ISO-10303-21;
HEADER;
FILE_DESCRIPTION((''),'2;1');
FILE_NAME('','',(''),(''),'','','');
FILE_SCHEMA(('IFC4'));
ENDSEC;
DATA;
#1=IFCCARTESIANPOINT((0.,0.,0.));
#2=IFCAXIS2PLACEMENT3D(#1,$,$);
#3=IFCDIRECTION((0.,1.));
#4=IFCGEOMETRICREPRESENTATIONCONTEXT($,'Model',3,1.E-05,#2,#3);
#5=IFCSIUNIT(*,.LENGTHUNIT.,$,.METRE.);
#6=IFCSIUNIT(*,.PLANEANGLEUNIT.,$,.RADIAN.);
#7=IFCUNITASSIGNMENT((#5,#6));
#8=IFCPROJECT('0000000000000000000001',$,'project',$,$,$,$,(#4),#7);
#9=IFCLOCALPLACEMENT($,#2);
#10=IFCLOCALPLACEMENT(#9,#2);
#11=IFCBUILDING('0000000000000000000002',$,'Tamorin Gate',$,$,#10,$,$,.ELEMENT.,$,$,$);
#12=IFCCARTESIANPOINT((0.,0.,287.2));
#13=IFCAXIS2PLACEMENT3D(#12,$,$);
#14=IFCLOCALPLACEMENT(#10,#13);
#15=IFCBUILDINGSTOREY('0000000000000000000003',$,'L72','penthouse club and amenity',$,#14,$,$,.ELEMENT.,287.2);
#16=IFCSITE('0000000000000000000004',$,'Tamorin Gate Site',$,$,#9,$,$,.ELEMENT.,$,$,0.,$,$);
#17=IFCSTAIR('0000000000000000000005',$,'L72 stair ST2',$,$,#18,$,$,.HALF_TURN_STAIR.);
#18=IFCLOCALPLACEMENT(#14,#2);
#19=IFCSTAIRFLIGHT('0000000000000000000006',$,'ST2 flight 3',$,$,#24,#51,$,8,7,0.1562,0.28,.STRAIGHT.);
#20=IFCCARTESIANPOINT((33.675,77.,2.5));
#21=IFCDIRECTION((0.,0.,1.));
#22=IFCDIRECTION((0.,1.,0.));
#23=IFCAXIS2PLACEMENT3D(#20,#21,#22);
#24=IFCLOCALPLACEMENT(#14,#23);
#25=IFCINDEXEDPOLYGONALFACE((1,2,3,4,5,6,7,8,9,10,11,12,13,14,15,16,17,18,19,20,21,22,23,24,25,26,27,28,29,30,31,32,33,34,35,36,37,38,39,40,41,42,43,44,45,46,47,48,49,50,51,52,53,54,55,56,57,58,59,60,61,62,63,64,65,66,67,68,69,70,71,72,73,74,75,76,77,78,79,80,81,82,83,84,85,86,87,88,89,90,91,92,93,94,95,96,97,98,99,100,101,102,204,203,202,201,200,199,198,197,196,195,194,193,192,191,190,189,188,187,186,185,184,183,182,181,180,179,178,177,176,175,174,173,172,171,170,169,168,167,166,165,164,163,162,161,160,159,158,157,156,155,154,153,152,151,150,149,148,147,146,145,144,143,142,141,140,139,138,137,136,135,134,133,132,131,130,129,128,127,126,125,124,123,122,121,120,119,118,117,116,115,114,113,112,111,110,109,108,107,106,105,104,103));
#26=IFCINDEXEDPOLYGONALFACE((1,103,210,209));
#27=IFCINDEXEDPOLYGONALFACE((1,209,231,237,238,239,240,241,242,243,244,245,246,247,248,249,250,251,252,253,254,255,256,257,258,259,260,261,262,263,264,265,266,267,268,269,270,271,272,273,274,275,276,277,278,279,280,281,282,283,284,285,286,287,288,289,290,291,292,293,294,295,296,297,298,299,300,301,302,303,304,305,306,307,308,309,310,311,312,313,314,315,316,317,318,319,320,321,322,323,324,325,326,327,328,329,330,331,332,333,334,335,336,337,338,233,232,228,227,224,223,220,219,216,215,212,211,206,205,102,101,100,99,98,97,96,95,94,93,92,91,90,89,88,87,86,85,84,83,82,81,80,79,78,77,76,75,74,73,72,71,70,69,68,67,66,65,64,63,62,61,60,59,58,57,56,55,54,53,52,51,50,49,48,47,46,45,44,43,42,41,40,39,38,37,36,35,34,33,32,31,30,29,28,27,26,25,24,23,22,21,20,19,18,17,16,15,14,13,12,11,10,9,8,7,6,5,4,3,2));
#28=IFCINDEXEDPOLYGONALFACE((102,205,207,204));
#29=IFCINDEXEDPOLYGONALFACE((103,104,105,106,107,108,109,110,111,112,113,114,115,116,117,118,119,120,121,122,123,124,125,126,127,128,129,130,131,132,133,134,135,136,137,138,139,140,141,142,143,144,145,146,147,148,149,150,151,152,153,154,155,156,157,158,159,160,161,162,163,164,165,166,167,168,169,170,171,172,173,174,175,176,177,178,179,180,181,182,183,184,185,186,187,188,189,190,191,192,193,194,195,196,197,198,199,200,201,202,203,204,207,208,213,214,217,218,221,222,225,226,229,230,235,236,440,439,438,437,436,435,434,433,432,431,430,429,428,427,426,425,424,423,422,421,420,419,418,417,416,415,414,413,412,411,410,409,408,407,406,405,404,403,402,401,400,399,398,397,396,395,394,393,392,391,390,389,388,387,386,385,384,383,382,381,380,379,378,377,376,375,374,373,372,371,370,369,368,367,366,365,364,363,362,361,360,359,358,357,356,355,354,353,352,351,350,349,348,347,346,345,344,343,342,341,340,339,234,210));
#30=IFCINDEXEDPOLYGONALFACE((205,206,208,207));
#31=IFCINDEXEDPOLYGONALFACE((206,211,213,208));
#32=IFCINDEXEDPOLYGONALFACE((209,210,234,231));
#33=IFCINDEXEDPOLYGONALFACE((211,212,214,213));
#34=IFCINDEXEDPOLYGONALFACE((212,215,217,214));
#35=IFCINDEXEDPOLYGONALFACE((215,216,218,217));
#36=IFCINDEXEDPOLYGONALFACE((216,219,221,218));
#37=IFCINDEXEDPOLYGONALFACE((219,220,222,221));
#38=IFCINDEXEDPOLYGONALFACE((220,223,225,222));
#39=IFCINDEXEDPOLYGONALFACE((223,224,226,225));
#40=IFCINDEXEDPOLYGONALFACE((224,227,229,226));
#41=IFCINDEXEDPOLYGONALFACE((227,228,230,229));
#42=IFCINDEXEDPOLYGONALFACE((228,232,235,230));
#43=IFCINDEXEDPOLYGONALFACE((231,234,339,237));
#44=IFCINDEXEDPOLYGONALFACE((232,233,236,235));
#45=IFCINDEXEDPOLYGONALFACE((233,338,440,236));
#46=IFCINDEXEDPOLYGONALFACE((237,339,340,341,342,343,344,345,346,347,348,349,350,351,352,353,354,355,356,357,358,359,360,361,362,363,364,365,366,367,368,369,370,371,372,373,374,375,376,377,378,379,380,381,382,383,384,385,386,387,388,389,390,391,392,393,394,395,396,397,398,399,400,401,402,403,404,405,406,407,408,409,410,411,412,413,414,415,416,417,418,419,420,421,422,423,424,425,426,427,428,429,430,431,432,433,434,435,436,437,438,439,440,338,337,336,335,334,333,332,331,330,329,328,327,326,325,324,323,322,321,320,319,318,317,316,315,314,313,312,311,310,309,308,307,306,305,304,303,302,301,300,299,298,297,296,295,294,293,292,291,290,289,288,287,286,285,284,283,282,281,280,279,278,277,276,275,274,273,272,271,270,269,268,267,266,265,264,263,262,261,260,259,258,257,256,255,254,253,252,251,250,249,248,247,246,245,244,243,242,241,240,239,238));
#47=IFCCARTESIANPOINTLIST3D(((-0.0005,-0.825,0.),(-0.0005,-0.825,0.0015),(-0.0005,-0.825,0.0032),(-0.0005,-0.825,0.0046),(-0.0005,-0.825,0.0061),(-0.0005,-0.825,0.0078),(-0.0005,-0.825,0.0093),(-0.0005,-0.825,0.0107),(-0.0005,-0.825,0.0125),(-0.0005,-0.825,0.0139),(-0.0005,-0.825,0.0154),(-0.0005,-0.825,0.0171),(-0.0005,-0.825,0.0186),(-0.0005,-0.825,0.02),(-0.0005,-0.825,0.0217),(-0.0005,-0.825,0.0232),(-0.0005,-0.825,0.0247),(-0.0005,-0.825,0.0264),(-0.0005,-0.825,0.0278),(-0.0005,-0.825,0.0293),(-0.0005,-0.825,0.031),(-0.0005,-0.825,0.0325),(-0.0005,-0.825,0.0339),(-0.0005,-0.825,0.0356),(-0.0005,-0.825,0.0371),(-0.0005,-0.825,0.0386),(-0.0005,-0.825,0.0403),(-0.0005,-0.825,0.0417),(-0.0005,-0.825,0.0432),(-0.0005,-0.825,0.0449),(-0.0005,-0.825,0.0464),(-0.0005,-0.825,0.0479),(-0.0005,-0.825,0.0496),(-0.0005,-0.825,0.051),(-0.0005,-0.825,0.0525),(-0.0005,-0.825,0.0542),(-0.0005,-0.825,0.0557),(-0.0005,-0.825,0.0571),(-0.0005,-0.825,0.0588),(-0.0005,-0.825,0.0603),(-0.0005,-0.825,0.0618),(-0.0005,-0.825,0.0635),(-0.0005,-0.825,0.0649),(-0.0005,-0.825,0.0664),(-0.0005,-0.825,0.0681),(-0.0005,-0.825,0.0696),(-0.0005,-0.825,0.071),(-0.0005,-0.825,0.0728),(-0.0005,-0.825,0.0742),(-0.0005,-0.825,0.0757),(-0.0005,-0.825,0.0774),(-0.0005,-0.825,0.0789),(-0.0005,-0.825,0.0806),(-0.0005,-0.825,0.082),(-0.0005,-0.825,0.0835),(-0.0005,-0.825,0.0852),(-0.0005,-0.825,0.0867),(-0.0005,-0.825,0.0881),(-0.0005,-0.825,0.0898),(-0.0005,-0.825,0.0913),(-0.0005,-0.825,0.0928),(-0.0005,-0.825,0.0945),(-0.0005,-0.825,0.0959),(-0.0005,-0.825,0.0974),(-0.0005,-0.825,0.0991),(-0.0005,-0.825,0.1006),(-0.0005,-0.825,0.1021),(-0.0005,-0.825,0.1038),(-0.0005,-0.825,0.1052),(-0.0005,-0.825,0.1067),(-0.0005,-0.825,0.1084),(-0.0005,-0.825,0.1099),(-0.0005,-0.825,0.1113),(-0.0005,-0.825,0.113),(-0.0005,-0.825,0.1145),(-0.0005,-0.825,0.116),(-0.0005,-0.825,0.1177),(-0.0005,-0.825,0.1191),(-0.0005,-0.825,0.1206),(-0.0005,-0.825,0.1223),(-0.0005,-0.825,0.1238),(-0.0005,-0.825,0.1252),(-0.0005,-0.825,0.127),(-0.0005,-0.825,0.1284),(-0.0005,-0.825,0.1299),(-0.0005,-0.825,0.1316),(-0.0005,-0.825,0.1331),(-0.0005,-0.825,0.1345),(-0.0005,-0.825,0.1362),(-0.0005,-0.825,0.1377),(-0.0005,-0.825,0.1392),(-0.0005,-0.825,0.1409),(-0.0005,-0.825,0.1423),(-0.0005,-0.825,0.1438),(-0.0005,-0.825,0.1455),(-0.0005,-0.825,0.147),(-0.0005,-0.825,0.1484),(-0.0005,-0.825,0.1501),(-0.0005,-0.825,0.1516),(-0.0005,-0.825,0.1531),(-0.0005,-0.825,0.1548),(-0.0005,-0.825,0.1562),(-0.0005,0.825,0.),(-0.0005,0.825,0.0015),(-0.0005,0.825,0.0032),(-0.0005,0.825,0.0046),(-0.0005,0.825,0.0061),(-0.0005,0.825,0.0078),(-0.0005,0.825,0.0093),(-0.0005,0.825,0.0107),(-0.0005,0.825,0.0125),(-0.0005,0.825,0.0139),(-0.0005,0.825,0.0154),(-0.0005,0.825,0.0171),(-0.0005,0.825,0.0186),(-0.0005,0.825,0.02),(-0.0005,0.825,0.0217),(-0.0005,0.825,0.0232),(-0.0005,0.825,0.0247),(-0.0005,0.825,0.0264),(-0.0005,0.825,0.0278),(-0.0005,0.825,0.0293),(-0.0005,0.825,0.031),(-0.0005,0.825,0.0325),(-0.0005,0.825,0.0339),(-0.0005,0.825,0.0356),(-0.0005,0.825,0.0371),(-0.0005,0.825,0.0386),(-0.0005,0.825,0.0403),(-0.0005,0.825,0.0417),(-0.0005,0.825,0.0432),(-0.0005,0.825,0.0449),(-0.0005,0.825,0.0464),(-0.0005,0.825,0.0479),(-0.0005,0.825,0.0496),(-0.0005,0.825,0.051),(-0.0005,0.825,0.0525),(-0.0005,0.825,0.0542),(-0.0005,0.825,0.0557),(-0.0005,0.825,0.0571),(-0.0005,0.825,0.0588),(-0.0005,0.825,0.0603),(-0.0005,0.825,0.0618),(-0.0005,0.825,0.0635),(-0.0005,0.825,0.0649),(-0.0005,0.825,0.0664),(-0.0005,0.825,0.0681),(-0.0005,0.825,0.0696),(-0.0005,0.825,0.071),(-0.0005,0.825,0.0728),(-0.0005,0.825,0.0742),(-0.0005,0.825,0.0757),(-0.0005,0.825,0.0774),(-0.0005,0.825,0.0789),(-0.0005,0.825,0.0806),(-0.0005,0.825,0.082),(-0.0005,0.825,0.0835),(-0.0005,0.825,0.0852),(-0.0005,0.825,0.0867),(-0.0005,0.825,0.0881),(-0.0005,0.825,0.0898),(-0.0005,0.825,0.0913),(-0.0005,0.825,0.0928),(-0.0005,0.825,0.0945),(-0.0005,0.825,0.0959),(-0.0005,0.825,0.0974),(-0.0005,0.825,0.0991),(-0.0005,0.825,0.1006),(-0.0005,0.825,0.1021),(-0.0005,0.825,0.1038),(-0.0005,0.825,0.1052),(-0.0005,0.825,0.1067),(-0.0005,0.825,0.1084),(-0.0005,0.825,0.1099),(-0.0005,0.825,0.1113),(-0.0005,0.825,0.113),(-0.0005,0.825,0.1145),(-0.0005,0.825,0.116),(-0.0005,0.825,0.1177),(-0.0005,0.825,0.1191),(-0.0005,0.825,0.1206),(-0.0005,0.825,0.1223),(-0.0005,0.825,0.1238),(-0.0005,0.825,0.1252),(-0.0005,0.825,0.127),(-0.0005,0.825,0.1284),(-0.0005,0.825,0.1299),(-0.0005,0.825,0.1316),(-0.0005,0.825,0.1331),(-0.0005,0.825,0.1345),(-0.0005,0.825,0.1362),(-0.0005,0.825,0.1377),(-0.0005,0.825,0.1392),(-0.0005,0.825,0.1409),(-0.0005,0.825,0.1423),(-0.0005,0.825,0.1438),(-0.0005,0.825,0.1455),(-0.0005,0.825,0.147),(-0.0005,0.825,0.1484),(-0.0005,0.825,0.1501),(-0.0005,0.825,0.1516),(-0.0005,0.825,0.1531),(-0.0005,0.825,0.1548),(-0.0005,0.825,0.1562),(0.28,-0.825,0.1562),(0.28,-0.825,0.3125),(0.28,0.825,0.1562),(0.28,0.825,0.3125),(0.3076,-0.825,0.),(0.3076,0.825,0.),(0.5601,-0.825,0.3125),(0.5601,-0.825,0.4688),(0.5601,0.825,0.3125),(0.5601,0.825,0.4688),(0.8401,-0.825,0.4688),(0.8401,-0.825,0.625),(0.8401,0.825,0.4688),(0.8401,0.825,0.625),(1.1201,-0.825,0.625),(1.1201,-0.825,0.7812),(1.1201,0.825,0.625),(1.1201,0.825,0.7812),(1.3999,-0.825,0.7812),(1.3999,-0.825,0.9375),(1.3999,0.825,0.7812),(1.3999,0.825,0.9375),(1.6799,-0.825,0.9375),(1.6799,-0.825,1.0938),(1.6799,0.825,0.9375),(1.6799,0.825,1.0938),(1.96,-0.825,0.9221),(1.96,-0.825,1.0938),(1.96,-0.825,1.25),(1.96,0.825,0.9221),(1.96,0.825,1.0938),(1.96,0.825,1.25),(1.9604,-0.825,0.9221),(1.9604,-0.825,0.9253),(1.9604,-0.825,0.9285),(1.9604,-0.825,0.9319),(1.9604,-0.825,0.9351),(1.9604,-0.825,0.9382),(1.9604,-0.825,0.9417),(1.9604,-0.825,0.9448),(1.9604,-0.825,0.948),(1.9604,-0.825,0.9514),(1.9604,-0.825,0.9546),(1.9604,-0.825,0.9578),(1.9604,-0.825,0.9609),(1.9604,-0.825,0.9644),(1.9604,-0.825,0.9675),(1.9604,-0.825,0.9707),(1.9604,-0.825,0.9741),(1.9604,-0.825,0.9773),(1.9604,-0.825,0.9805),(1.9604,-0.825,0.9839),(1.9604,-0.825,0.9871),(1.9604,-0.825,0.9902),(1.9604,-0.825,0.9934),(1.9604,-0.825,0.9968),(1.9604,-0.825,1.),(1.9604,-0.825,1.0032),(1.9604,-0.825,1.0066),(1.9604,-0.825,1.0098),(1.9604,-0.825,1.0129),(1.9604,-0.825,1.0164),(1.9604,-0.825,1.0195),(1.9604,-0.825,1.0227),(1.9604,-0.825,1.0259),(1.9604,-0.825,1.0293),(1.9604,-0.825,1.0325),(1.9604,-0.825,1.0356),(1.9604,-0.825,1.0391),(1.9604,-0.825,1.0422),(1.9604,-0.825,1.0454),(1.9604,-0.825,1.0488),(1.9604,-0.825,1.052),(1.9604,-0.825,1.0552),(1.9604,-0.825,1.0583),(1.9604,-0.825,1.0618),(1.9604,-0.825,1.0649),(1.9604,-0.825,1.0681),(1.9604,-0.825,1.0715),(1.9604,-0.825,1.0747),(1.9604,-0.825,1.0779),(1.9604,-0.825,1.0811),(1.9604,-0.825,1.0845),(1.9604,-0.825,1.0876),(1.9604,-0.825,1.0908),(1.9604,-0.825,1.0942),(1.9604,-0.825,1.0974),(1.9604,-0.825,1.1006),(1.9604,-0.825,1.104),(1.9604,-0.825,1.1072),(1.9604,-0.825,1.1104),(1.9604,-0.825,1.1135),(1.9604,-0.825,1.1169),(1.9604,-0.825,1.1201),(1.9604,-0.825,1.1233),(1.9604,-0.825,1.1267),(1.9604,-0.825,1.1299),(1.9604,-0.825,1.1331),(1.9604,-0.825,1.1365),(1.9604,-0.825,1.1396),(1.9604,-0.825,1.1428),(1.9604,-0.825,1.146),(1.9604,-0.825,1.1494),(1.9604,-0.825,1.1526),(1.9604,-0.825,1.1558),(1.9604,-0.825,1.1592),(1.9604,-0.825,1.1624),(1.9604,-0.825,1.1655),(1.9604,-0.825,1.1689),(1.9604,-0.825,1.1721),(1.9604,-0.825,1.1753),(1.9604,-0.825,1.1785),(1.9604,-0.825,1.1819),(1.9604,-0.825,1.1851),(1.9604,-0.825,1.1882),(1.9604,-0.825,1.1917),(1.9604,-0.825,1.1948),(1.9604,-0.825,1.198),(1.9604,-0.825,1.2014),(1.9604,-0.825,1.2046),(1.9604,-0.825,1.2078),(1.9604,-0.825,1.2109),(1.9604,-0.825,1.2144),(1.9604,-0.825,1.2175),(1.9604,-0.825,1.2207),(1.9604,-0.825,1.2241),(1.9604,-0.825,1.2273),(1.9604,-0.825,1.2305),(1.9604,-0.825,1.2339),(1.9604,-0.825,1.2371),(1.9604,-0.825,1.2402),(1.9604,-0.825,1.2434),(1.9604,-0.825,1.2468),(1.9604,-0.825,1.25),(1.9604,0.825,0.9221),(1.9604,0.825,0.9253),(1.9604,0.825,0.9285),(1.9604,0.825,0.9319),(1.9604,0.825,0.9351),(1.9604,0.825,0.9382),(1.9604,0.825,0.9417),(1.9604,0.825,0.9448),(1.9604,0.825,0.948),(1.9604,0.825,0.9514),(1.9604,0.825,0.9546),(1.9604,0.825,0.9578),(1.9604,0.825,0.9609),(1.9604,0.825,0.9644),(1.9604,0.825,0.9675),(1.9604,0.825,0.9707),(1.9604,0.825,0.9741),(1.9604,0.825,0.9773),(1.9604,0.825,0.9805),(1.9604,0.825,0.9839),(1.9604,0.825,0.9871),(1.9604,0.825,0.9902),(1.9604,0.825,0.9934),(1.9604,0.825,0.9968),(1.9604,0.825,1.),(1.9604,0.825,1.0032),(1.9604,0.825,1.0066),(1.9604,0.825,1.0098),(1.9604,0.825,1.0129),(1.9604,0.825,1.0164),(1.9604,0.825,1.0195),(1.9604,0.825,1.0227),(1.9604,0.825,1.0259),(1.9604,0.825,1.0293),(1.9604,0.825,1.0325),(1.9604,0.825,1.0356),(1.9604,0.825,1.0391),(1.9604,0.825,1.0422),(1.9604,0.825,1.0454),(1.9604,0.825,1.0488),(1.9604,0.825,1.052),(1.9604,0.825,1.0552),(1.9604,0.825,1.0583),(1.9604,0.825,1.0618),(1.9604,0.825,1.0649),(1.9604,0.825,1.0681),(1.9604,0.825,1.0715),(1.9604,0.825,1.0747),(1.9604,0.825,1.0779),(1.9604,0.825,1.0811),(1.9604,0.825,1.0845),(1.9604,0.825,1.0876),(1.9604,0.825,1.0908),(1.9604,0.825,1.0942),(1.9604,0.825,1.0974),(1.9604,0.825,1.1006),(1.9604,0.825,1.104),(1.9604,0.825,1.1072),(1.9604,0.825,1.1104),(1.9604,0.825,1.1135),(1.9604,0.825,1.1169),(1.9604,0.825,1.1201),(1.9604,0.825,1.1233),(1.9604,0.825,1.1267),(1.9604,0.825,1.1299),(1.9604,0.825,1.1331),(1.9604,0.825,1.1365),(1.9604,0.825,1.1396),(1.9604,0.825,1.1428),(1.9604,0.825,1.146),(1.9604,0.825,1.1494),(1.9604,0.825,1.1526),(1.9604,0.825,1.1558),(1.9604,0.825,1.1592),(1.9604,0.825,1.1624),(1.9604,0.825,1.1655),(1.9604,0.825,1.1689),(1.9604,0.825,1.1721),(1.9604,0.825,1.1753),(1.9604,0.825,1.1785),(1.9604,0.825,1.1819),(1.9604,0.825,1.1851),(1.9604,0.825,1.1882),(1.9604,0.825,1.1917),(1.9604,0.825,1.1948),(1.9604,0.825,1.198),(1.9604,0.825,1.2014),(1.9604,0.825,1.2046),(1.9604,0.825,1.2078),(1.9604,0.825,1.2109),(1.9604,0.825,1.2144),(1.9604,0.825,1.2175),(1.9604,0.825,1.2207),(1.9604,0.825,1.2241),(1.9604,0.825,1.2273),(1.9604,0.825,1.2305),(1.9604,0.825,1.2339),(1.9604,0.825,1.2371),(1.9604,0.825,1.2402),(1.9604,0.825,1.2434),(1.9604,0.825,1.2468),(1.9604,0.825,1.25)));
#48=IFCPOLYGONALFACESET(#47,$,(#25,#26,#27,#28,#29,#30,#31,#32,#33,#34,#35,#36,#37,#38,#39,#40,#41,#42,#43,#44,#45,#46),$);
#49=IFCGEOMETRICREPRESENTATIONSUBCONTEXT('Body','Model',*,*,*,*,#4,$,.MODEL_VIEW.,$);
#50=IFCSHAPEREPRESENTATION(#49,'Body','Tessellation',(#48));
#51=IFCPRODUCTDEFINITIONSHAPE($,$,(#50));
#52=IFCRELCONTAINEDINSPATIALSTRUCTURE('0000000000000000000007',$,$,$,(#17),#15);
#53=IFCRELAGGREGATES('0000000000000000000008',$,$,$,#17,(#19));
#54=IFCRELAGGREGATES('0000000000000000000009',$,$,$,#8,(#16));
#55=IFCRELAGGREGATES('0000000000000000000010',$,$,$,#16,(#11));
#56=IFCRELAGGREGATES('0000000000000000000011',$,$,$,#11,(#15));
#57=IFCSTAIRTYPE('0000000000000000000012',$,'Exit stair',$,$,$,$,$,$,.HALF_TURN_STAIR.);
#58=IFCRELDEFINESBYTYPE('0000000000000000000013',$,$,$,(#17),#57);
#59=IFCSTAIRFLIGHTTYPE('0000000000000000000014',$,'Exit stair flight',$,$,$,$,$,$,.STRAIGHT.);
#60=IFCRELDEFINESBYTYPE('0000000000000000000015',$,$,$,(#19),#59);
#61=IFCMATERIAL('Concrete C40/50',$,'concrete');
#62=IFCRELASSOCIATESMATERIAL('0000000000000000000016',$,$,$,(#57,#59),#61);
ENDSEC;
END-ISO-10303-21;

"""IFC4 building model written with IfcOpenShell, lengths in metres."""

from ifc_helpers import new_model, si_unit, direction, frame, origin, place, context, subcontext, project, spatial, polyline, outline, extrude, material, type_object, element, aggregate, save


model = new_model("IFC4")

# Units and contexts
model_context = context("Model", 3, precision=1e-05, world=origin(), true_north=direction((0.0, 1.0)))
body_context = subcontext(model_context, "Body", "Model", "MODEL_VIEW")
ifc_project = project(units=[si_unit("LENGTHUNIT", "METRE"), si_unit("PLANEANGLEUNIT", "RADIAN")], contexts=[model_context])

# Site, building, storey
site_placement = place(None, origin())
site = spatial("IfcSite", under=ifc_project, at=site_placement, Name="Tamorin Gate Site", CompositionType="ELEMENT", RefElevation=0.0)
building_placement = place(site_placement, origin())
building = spatial("IfcBuilding", under=site, at=building_placement, Name="Tamorin Gate", CompositionType="ELEMENT")
storey_placement = place(building_placement, frame((0.0, 0.0, 287.2)))
storey = spatial("IfcBuildingStorey", under=building, at=storey_placement, Name="L72", Description="penthouse club and amenity", CompositionType="ELEMENT", Elevation=287.2)

# Shared definitions
ifc_material_1 = material(Name="Concrete C40/50", Category="concrete")

# Stair, stair flight
stair_type = type_object("IfcStairType", Name="Exit stair", PredefinedType="HALF_TURN_STAIR", material=ifc_material_1)
stair_placement = place(storey_placement, origin())
stair = element("IfcStair", 1, at=stair_placement, inside=storey, type_object=stair_type, Name="L72 stair ST2", PredefinedType="HALF_TURN_STAIR")
stair_flight_type = type_object("IfcStairFlightType", Name="Exit stair flight", PredefinedType="STRAIGHT", material=ifc_material_1)
stair_flight_1_placement = place(storey_placement, frame((33.675, 77.0, 2.5), z_axis=(0.0, 0.0, 1.0), x_axis=(0.0, 1.0, 0.0)))
stair_flight_1 = element("IfcStairFlight", 2, at=stair_flight_1_placement, type_object=stair_flight_type, Name="ST2 flight 3", NumberOfRisers=8, NumberOfTreads=7, PredefinedType="STRAIGHT", RiserHeight=0.1562, TreadLength=0.28, context=body_context, shape_type="SweptSolid", body=[
    extrude(outline(polyline([(-0.0005, 0.0), (-0.0005, 0.0015), (-0.0005, 0.0032), (-0.0005, 0.0046), (-0.0005, 0.0061), (-0.0005, 0.0078), (-0.0005, 0.0093), (-0.0005, 0.0107), (-0.0005, 0.0125), (-0.0005, 0.0139), (-0.0005, 0.0154), (-0.0005, 0.0171), (-0.0005, 0.0186), (-0.0005, 0.02), (-0.0005, 0.0217), (-0.0005, 0.0232), (-0.0005, 0.0247), (-0.0005, 0.0264), (-0.0005, 0.0278), (-0.0005, 0.0293), (-0.0005, 0.031), (-0.0005, 0.0325), (-0.0005, 0.0339), (-0.0005, 0.0356), (-0.0005, 0.0371), (-0.0005, 0.0386), (-0.0005, 0.0403), (-0.0005, 0.0417), (-0.0005, 0.0432), (-0.0005, 0.0449), (-0.0005, 0.0464), (-0.0005, 0.0479), (-0.0005, 0.0496), (-0.0005, 0.051), (-0.0005, 0.0525), (-0.0005, 0.0542), (-0.0005, 0.0557), (-0.0005, 0.0571), (-0.0005, 0.0588), (-0.0005, 0.0603), (-0.0005, 0.0618), (-0.0005, 0.0635), (-0.0005, 0.0649), (-0.0005, 0.0664), (-0.0005, 0.0681), (-0.0005, 0.0696), (-0.0005, 0.071), (-0.0005, 0.0728), (-0.0005, 0.0742), (-0.0005, 0.0757), (-0.0005, 0.0774), (-0.0005, 0.0789), (-0.0005, 0.0806), (-0.0005, 0.082), (-0.0005, 0.0835), (-0.0005, 0.0852), (-0.0005, 0.0867), (-0.0005, 0.0881), (-0.0005, 0.0898), (-0.0005, 0.0913), (-0.0005, 0.0928), (-0.0005, 0.0945), (-0.0005, 0.0959), (-0.0005, 0.0974), (-0.0005, 0.0991), (-0.0005, 0.1006), (-0.0005, 0.1021), (-0.0005, 0.1038), (-0.0005, 0.1052), (-0.0005, 0.1067), (-0.0005, 0.1084), (-0.0005, 0.1099), (-0.0005, 0.1113), (-0.0005, 0.113), (-0.0005, 0.1145), (-0.0005, 0.116), (-0.0005, 0.1177), (-0.0005, 0.1191), (-0.0005, 0.1206), (-0.0005, 0.1223), (-0.0005, 0.1238), (-0.0005, 0.1252), (-0.0005, 0.127), (-0.0005, 0.1284), (-0.0005, 0.1299), (-0.0005, 0.1316), (-0.0005, 0.1331), (-0.0005, 0.1345), (-0.0005, 0.1362), (-0.0005, 0.1377), (-0.0005, 0.1392), (-0.0005, 0.1409), (-0.0005, 0.1423), (-0.0005, 0.1438), (-0.0005, 0.1455), (-0.0005, 0.147), (-0.0005, 0.1484), (-0.0005, 0.1501), (-0.0005, 0.1516), (-0.0005, 0.1531), (-0.0005, 0.1548), (-0.0005, 0.1562), (0.28, 0.1562), (0.28, 0.3125), (0.5601, 0.3125), (0.5601, 0.4688), (0.8401, 0.4688), (0.8401, 0.625), (1.1201, 0.625), (1.1201, 0.7812), (1.3999, 0.7812), (1.3999, 0.9375), (1.6799, 0.9375), (1.6799, 1.0938), (1.96, 1.0938), (1.96, 1.25), (1.9604, 1.25), (1.9604, 1.2468), (1.9604, 1.2434), (1.9604, 1.2402), (1.9604, 1.2371), (1.9604, 1.2339), (1.9604, 1.2305), (1.9604, 1.2273), (1.9604, 1.2241), (1.9604, 1.2207), (1.9604, 1.2175), (1.9604, 1.2144), (1.9604, 1.2109), (1.9604, 1.2078), (1.9604, 1.2046), (1.9604, 1.2014), (1.9604, 1.198), (1.9604, 1.1948), (1.9604, 1.1917), (1.9604, 1.1882), (1.9604, 1.1851), (1.9604, 1.1819), (1.9604, 1.1785), (1.9604, 1.1753), (1.9604, 1.1721), (1.9604, 1.1689), (1.9604, 1.1655), (1.9604, 1.1624), (1.9604, 1.1592), (1.9604, 1.1558), (1.9604, 1.1526), (1.9604, 1.1494), (1.9604, 1.146), (1.9604, 1.1428), (1.9604, 1.1396), (1.9604, 1.1365), (1.9604, 1.1331), (1.9604, 1.1299), (1.9604, 1.1267), (1.9604, 1.1233), (1.9604, 1.1201), (1.9604, 1.1169), (1.9604, 1.1135), (1.9604, 1.1104), (1.9604, 1.1072), (1.9604, 1.104), (1.9604, 1.1006), (1.9604, 1.0974), (1.9604, 1.0942), (1.9604, 1.0908), (1.9604, 1.0876), (1.9604, 1.0845), (1.9604, 1.0811), (1.9604, 1.0779), (1.9604, 1.0747), (1.9604, 1.0715), (1.9604, 1.0681), (1.9604, 1.0649), (1.9604, 1.0618), (1.9604, 1.0583), (1.9604, 1.0552), (1.9604, 1.052), (1.9604, 1.0488), (1.9604, 1.0454), (1.9604, 1.0422), (1.9604, 1.0391), (1.9604, 1.0356), (1.9604, 1.0325), (1.9604, 1.0293), (1.9604, 1.0259), (1.9604, 1.0227), (1.9604, 1.0195), (1.9604, 1.0164), (1.9604, 1.0129), (1.9604, 1.0098), (1.9604, 1.0066), (1.9604, 1.0032), (1.9604, 1.0), (1.9604, 0.9968), (1.9604, 0.9934), (1.9604, 0.9902), (1.9604, 0.9871), (1.9604, 0.9839), (1.9604, 0.9805), (1.9604, 0.9773), (1.9604, 0.9741), (1.9604, 0.9707), (1.9604, 0.9675), (1.9604, 0.9644), (1.9604, 0.9609), (1.9604, 0.9578), (1.9604, 0.9546), (1.9604, 0.9514), (1.9604, 0.948), (1.9604, 0.9448), (1.9604, 0.9417), (1.9604, 0.9382), (1.9604, 0.9351), (1.9604, 0.9319), (1.9604, 0.9285), (1.9604, 0.9253), (1.9604, 0.9221), (1.96, 0.9221), (0.3076, 0.0), (-0.0005, 0.0)])), frame((0.0, 0.825, 0.0), z_axis=(0.0, -1.0, 0.0), x_axis=(1.0, 0.0, 0.0)), (0.0, 0.0, 1.0), 1.6499),
])
aggregate(stair, [stair_flight_1])

save(model, "model.ifc")
